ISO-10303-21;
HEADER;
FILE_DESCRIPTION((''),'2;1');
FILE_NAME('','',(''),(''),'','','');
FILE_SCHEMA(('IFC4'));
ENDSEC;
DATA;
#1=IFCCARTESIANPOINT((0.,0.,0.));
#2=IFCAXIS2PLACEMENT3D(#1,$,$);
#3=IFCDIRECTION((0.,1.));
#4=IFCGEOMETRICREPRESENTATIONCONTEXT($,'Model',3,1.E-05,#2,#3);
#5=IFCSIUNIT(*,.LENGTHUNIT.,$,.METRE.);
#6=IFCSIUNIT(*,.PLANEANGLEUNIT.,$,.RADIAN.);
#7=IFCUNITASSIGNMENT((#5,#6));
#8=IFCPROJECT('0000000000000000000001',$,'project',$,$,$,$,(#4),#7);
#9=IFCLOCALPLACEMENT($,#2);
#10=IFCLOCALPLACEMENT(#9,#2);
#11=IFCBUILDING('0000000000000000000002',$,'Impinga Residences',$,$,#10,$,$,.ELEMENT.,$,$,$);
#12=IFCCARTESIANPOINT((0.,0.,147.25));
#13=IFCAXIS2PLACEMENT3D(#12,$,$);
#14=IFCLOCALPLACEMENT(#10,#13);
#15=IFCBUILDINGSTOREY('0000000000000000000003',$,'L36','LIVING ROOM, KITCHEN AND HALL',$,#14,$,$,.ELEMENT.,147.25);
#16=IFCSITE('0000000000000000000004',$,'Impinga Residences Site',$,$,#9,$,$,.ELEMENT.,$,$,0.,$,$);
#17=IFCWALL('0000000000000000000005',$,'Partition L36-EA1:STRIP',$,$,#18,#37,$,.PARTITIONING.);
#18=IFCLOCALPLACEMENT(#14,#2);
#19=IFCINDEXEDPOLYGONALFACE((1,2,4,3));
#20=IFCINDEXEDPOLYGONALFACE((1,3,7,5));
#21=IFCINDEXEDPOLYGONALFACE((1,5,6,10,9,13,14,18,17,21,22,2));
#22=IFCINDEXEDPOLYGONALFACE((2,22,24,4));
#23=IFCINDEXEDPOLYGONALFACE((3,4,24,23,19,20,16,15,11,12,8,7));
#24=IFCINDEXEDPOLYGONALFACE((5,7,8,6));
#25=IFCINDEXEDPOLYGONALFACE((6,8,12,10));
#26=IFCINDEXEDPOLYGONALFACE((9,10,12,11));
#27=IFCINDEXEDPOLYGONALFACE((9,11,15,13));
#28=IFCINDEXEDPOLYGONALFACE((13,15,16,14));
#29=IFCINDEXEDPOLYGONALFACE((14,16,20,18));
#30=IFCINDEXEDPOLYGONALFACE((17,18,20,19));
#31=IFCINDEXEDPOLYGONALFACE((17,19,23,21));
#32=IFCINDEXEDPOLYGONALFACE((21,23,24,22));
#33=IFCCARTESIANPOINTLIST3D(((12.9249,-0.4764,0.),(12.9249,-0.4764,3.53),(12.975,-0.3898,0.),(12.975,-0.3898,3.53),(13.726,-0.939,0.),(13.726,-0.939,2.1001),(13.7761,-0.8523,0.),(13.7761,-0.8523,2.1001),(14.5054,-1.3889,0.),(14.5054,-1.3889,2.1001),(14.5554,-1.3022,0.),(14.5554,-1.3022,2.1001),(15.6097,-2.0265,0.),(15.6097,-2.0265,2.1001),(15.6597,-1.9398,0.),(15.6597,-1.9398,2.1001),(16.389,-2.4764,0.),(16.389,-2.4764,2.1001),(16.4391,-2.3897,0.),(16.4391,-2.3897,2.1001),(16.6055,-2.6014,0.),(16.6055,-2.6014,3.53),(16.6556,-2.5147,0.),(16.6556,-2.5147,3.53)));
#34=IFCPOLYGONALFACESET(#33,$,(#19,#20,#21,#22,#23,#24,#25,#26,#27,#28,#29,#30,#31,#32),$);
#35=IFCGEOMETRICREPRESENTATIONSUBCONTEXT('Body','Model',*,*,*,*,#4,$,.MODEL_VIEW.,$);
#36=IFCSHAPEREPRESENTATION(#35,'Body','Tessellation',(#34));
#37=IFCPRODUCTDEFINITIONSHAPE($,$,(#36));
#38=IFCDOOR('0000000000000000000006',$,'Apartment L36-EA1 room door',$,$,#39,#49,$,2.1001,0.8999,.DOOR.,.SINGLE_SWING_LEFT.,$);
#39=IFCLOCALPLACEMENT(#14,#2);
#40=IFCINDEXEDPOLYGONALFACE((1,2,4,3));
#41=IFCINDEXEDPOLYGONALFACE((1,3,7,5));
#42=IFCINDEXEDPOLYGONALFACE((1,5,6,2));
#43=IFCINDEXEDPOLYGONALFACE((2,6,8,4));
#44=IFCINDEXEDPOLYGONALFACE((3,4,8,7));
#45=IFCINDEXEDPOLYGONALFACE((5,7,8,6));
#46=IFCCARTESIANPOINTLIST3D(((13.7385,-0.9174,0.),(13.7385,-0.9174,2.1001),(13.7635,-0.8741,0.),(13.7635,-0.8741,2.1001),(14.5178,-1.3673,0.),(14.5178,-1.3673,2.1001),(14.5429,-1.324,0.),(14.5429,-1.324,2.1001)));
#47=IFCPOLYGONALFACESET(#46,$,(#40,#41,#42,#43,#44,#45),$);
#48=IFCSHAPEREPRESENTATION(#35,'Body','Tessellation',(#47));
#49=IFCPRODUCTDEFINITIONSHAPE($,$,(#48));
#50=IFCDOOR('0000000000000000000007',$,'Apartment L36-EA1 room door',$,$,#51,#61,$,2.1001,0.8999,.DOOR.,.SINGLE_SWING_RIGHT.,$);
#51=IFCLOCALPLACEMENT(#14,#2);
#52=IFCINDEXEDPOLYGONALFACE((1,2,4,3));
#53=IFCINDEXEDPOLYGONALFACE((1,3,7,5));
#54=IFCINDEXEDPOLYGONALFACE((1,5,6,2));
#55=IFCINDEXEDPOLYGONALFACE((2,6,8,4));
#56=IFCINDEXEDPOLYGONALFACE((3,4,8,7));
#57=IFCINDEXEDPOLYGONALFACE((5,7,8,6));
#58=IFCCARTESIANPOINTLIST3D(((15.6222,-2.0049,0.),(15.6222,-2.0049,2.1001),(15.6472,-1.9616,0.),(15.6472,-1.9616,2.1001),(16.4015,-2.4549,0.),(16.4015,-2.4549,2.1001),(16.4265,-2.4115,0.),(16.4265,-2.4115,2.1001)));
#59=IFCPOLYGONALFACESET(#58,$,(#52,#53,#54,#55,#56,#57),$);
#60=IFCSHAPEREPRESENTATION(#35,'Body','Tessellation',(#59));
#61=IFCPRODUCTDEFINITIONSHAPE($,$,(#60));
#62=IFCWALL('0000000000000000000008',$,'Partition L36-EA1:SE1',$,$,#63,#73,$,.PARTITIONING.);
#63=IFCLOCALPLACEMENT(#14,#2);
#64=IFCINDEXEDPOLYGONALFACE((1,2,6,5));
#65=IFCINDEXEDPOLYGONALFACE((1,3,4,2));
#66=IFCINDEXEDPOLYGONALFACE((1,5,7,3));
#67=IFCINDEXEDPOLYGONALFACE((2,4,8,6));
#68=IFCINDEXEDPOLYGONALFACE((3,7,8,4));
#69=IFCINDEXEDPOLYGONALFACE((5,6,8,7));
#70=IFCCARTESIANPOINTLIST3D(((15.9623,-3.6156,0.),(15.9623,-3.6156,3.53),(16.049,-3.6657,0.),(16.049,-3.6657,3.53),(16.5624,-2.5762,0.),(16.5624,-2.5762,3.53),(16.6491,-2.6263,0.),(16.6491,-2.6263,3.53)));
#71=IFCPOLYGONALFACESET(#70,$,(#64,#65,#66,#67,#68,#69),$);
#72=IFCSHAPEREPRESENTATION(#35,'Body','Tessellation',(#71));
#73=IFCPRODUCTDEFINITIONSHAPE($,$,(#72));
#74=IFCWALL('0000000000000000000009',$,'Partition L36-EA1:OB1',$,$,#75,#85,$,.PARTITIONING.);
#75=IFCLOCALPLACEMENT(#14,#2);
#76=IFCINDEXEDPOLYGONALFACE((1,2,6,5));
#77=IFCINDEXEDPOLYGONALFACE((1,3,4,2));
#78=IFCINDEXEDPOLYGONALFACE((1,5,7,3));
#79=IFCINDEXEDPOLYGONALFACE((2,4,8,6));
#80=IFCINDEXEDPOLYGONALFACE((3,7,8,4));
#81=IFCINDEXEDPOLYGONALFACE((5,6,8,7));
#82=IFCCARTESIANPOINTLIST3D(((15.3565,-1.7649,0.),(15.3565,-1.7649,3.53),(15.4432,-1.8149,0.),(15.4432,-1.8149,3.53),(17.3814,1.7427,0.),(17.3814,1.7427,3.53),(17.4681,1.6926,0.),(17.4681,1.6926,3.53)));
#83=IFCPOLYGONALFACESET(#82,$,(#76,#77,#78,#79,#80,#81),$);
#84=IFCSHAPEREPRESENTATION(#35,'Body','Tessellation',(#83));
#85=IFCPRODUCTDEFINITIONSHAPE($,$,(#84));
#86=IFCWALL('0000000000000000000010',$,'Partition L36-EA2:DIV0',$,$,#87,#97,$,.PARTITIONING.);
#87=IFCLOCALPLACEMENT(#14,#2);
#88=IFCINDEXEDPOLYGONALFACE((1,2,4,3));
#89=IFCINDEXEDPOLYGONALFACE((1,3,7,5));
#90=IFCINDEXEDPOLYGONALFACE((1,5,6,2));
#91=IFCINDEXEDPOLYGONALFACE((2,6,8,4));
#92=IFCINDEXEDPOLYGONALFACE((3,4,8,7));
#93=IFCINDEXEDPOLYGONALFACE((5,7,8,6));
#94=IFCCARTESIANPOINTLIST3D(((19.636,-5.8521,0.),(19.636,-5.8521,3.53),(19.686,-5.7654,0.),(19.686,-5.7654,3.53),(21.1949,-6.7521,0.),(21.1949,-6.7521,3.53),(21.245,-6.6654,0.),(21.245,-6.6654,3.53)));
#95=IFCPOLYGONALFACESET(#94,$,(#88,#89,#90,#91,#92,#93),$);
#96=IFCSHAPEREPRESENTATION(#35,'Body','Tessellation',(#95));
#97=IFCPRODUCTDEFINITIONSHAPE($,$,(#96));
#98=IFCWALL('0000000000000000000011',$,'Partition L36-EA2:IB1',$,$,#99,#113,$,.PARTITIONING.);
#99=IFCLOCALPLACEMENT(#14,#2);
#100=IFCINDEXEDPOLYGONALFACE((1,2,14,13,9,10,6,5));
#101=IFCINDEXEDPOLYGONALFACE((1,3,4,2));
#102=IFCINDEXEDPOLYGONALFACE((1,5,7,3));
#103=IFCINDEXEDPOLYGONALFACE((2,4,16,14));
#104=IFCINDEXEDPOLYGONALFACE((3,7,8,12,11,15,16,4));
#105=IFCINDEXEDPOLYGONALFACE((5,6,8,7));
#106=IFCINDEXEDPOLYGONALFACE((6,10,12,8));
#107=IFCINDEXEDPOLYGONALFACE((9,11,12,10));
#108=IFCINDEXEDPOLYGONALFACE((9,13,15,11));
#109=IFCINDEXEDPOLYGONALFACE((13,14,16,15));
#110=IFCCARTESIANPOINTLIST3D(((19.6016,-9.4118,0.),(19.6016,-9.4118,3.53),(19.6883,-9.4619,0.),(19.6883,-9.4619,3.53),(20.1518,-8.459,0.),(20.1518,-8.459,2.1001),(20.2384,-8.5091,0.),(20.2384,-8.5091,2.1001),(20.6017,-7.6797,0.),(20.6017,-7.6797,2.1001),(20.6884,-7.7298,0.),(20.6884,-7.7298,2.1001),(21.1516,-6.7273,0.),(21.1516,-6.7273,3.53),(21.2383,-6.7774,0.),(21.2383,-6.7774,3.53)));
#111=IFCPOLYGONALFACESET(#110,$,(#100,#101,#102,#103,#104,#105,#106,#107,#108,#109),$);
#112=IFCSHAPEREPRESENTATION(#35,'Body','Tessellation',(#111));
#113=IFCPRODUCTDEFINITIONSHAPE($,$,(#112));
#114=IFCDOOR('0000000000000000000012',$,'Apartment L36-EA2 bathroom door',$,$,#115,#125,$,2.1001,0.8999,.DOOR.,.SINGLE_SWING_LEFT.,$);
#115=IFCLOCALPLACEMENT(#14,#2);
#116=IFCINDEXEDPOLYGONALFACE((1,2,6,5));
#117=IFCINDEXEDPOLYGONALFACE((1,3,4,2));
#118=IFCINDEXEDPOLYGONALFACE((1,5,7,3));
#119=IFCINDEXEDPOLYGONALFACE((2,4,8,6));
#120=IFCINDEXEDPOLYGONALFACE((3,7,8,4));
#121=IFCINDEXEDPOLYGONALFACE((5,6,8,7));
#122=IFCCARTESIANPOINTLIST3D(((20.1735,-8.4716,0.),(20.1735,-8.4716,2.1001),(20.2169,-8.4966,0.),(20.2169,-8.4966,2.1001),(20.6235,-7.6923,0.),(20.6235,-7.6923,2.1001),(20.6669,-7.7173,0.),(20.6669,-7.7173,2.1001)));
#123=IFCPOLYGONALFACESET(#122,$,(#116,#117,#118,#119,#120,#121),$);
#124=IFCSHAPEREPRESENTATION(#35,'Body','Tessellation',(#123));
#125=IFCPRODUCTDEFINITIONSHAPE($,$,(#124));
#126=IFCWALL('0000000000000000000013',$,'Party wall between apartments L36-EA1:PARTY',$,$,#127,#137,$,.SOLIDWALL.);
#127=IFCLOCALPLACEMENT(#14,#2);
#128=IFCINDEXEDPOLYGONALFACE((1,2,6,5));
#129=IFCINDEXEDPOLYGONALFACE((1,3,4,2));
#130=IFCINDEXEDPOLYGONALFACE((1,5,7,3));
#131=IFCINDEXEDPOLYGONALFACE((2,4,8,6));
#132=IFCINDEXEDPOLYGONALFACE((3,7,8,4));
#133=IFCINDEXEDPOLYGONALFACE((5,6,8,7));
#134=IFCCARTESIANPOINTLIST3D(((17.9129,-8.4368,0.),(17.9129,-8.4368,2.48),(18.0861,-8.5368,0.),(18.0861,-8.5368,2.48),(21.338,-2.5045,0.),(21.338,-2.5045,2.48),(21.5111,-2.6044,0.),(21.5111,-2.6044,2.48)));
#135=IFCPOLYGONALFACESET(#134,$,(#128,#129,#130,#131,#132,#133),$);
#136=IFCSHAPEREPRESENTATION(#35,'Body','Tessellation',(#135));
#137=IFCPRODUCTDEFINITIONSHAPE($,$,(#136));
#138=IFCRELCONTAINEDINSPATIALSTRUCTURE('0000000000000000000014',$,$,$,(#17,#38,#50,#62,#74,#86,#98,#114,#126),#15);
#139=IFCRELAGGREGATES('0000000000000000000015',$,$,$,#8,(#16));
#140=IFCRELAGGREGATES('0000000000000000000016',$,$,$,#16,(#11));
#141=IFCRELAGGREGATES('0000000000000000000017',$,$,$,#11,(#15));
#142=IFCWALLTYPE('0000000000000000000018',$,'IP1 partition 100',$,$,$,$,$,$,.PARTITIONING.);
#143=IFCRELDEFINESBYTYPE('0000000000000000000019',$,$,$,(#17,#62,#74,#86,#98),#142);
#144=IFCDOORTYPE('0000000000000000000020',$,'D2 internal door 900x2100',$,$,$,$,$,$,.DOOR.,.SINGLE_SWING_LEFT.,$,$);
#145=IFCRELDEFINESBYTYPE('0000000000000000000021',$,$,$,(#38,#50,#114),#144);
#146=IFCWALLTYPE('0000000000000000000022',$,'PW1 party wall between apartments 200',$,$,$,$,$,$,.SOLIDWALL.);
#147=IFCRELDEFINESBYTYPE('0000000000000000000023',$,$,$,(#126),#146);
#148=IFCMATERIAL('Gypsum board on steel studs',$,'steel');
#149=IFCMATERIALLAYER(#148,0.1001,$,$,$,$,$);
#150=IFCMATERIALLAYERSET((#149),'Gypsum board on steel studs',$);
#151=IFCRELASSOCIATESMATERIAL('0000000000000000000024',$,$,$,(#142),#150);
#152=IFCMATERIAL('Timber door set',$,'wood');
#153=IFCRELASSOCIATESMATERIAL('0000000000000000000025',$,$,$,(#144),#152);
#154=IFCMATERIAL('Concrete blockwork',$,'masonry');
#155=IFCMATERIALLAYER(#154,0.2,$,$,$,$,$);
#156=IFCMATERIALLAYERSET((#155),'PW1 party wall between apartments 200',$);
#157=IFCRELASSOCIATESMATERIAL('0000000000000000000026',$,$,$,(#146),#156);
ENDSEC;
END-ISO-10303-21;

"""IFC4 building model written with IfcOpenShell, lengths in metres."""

from ifc_helpers import new_model, si_unit, direction, frame, frame_2d, origin, place, context, subcontext, project, spatial, rectangle, extrude, material, layer, layer_set, type_object, element, fill, save


model = new_model("IFC4")

# Units and contexts
model_context = context("Model", 3, precision=1e-05, world=origin(), true_north=direction((0.0, 1.0)))
body_context = subcontext(model_context, "Body", "Model", "MODEL_VIEW")
ifc_project = project(units=[si_unit("LENGTHUNIT", "METRE"), si_unit("PLANEANGLEUNIT", "RADIAN")], contexts=[model_context])

# Site, building, storey
site_placement = place(None, origin())
site = spatial("IfcSite", under=ifc_project, at=site_placement, Name="Impinga Residences Site", CompositionType="ELEMENT", RefElevation=0.0)
building_placement = place(site_placement, origin())
building = spatial("IfcBuilding", under=site, at=building_placement, Name="Impinga Residences", CompositionType="ELEMENT")
storey_placement = place(building_placement, frame((0.0, 0.0, 147.25)))
storey = spatial("IfcBuildingStorey", under=building, at=storey_placement, Name="L36", Description="LIVING ROOM, KITCHEN AND HALL", CompositionType="ELEMENT", Elevation=147.25)

# Shared definitions
ifc_material_1 = material(Name="Gypsum board on steel studs", Category="steel")
ifc_layer_1 = layer(ifc_material_1, 0.1001)
ifc_layer_set_1 = layer_set([ifc_layer_1], Name="Gypsum board on steel studs")
wall_type_1 = type_object("IfcWallType", Name="IP1 partition 100", PredefinedType="PARTITIONING", material=ifc_layer_set_1)

# Wall, openings, doors
wall_1_placement = place(storey_placement, frame((12.95, -0.4331, 0.0), z_axis=(0.0, 0.0, 1.0), x_axis=(0.866029, -0.499994, 0.0)))
wall_1 = element("IfcWall", 1, at=wall_1_placement, inside=storey, type_object=wall_type_1, Name="Partition L36-EA1:STRIP", PredefinedType="PARTITIONING", context=body_context, shape_type="SweptSolid", body=[
    extrude(rectangle(XDim=4.25, YDim=0.1001, at=frame_2d((2.125, 0.0))), origin(), (0.0, 0.0, 1.0), 3.53),
])
opening_1_placement = place(wall_1_placement, frame((0.925, 0.0, 0.0)))
opening_1 = element("IfcOpeningElement", 2, at=opening_1_placement, cuts=wall_1, PredefinedType="OPENING", context=body_context, shape_type="SweptSolid", body=[
    extrude(rectangle(XDim=0.8999, YDim=2.1001, at=frame_2d((0.45, 1.05))), frame((0.0, 0.0601, 0.0), z_axis=(0.0, -1.0, 0.0), x_axis=(1.0, 0.0, 0.0)), (0.0, 0.0, 1.0), 0.1201),
])
opening_2_placement = place(wall_1_placement, frame((3.1001, 0.0, 0.0)))
opening_2 = element("IfcOpeningElement", 3, at=opening_2_placement, cuts=wall_1, PredefinedType="OPENING", context=body_context, shape_type="SweptSolid", body=[
    extrude(rectangle(XDim=0.8999, YDim=2.1001, at=frame_2d((0.45, 1.05))), frame((0.0, 0.0601, 0.0), z_axis=(0.0, -1.0, 0.0), x_axis=(1.0, 0.0, 0.0)), (0.0, 0.0, 1.0), 0.1201),
])
ifc_material_2 = material(Name="Timber door set", Category="wood")
door_type = type_object("IfcDoorType", Name="D2 internal door 900x2100", OperationType="SINGLE_SWING_LEFT", PredefinedType="DOOR", material=ifc_material_2)
door_1_placement = place(opening_1_placement, origin())
door_1 = element("IfcDoor", 4, at=door_1_placement, inside=storey, type_object=door_type, Name="Apartment L36-EA1 room door", OperationType="SINGLE_SWING_LEFT", OverallHeight=2.1001, OverallWidth=0.8999, PredefinedType="DOOR", context=body_context, shape_type="SweptSolid", body=[
    extrude(rectangle(XDim=0.8999, YDim=2.1001, at=frame_2d((0.45, 1.05))), frame((0.0, 0.0249, 0.0), z_axis=(0.0, -1.0, 0.0), x_axis=(1.0, 0.0, 0.0)), (0.0, 0.0, 1.0), 0.05),
])
fill(opening_1, door_1)
door_2_placement = place(opening_2_placement, origin())
door_2 = element("IfcDoor", 5, at=door_2_placement, inside=storey, type_object=door_type, Name="Apartment L36-EA1 room door", OperationType="SINGLE_SWING_RIGHT", OverallHeight=2.1001, OverallWidth=0.8999, PredefinedType="DOOR", context=body_context, shape_type="SweptSolid", body=[
    extrude(rectangle(XDim=0.8999, YDim=2.1001, at=frame_2d((0.45, 1.05))), frame((0.0, 0.0249, 0.0), z_axis=(0.0, -1.0, 0.0), x_axis=(1.0, 0.0, 0.0)), (0.0, 0.0, 1.0), 0.05),
])
fill(opening_2, door_2)

# Walls
wall_2_placement = place(storey_placement, frame((16.0056, -3.6406, 0.0), z_axis=(0.0, 0.0, 1.0), x_axis=(0.500034, 0.866006, 0.0)))
element("IfcWall", 6, at=wall_2_placement, inside=storey, type_object=wall_type_1, Name="Partition L36-EA1:SE1", PredefinedType="PARTITIONING", context=body_context, shape_type="SweptSolid", body=[
    extrude(rectangle(XDim=1.2002, YDim=0.1001, at=frame_2d((0.6001, 0.0))), origin(), (0.0, 0.0, 1.0), 3.53),
])
wall_3_placement = place(storey_placement, frame((15.3999, -1.7898, 0.0), z_axis=(0.0, 0.0, 1.0), x_axis=(0.499964, 0.866046, 0.0)))
element("IfcWall", 7, at=wall_3_placement, inside=storey, type_object=wall_type_1, Name="Partition L36-EA1:OB1", PredefinedType="PARTITIONING", context=body_context, shape_type="SweptSolid", body=[
    extrude(rectangle(XDim=4.05, YDim=0.1001, at=frame_2d((2.0249, 0.0))), origin(), (0.0, 0.0, 1.0), 3.53),
])
wall_4_placement = place(storey_placement, frame((19.6611, -5.8088, 0.0), z_axis=(0.0, 0.0, 1.0), x_axis=(0.866048, -0.499961, 0.0)))
element("IfcWall", 8, at=wall_4_placement, inside=storey, type_object=wall_type_1, Name="Partition L36-EA2:DIV0", PredefinedType="PARTITIONING", context=body_context, shape_type="SweptSolid", body=[
    extrude(rectangle(XDim=1.8, YDim=0.1001, at=frame_2d((0.8999, 0.0))), origin(), (0.0, 0.0, 1.0), 3.53),
])

# Wall, opening, door
wall_5_placement = place(storey_placement, frame((19.645, -9.4368, 0.0), z_axis=(0.0, 0.0, 1.0), x_axis=(0.500027, 0.86601, 0.0)))
wall_5 = element("IfcWall", 9, at=wall_5_placement, inside=storey, type_object=wall_type_1, Name="Partition L36-EA2:IB1", PredefinedType="PARTITIONING", context=body_context, shape_type="SweptSolid", body=[
    extrude(rectangle(XDim=3.0999, YDim=0.1001, at=frame_2d((1.5498, 0.0))), origin(), (0.0, 0.0, 1.0), 3.53),
])
opening_3_placement = place(wall_5_placement, frame((1.1001, 0.0, 0.0)))
opening_3 = element("IfcOpeningElement", 10, at=opening_3_placement, cuts=wall_5, PredefinedType="OPENING", context=body_context, shape_type="SweptSolid", body=[
    extrude(rectangle(XDim=0.8999, YDim=2.1001, at=frame_2d((0.45, 1.05))), frame((0.0, 0.0601, 0.0), z_axis=(0.0, -1.0, 0.0), x_axis=(1.0, 0.0, 0.0)), (0.0, 0.0, 1.0), 0.1201),
])
door_3_placement = place(opening_3_placement, origin())
door_3 = element("IfcDoor", 11, at=door_3_placement, inside=storey, type_object=door_type, Name="Apartment L36-EA2 bathroom door", OperationType="SINGLE_SWING_LEFT", OverallHeight=2.1001, OverallWidth=0.8999, PredefinedType="DOOR", context=body_context, shape_type="SweptSolid", body=[
    extrude(rectangle(XDim=0.8999, YDim=2.1001, at=frame_2d((0.45, 1.05))), frame((0.0, 0.0249, 0.0), z_axis=(0.0, -1.0, 0.0), x_axis=(1.0, 0.0, 0.0)), (0.0, 0.0, 1.0), 0.05),
])
fill(opening_3, door_3)

# Wall
ifc_material_3 = material(Name="Concrete blockwork", Category="masonry")
ifc_layer_2 = layer(ifc_material_3, 0.2)
ifc_layer_set_2 = layer_set([ifc_layer_2], Name="PW1 party wall between apartments 200")
wall_type_2 = type_object("IfcWallType", Name="PW1 party wall between apartments 200", PredefinedType="SOLIDWALL", material=ifc_layer_set_2)
wall_6_placement = place(storey_placement, frame((17.9995, -8.4868, 0.0), z_axis=(0.0, 0.0, 1.0), x_axis=(0.499999, 0.866026, 0.0)))
element("IfcWall", 12, at=wall_6_placement, inside=storey, type_object=wall_type_2, Name="Party wall between apartments L36-EA1:PARTY", PredefinedType="SOLIDWALL", context=body_context, shape_type="SweptSolid", body=[
    extrude(rectangle(XDim=6.8501, YDim=0.2, at=frame_2d((3.425, 0.0))), origin(), (0.0, 0.0, 1.0), 2.48),
])

save(model, "model.ifc")
